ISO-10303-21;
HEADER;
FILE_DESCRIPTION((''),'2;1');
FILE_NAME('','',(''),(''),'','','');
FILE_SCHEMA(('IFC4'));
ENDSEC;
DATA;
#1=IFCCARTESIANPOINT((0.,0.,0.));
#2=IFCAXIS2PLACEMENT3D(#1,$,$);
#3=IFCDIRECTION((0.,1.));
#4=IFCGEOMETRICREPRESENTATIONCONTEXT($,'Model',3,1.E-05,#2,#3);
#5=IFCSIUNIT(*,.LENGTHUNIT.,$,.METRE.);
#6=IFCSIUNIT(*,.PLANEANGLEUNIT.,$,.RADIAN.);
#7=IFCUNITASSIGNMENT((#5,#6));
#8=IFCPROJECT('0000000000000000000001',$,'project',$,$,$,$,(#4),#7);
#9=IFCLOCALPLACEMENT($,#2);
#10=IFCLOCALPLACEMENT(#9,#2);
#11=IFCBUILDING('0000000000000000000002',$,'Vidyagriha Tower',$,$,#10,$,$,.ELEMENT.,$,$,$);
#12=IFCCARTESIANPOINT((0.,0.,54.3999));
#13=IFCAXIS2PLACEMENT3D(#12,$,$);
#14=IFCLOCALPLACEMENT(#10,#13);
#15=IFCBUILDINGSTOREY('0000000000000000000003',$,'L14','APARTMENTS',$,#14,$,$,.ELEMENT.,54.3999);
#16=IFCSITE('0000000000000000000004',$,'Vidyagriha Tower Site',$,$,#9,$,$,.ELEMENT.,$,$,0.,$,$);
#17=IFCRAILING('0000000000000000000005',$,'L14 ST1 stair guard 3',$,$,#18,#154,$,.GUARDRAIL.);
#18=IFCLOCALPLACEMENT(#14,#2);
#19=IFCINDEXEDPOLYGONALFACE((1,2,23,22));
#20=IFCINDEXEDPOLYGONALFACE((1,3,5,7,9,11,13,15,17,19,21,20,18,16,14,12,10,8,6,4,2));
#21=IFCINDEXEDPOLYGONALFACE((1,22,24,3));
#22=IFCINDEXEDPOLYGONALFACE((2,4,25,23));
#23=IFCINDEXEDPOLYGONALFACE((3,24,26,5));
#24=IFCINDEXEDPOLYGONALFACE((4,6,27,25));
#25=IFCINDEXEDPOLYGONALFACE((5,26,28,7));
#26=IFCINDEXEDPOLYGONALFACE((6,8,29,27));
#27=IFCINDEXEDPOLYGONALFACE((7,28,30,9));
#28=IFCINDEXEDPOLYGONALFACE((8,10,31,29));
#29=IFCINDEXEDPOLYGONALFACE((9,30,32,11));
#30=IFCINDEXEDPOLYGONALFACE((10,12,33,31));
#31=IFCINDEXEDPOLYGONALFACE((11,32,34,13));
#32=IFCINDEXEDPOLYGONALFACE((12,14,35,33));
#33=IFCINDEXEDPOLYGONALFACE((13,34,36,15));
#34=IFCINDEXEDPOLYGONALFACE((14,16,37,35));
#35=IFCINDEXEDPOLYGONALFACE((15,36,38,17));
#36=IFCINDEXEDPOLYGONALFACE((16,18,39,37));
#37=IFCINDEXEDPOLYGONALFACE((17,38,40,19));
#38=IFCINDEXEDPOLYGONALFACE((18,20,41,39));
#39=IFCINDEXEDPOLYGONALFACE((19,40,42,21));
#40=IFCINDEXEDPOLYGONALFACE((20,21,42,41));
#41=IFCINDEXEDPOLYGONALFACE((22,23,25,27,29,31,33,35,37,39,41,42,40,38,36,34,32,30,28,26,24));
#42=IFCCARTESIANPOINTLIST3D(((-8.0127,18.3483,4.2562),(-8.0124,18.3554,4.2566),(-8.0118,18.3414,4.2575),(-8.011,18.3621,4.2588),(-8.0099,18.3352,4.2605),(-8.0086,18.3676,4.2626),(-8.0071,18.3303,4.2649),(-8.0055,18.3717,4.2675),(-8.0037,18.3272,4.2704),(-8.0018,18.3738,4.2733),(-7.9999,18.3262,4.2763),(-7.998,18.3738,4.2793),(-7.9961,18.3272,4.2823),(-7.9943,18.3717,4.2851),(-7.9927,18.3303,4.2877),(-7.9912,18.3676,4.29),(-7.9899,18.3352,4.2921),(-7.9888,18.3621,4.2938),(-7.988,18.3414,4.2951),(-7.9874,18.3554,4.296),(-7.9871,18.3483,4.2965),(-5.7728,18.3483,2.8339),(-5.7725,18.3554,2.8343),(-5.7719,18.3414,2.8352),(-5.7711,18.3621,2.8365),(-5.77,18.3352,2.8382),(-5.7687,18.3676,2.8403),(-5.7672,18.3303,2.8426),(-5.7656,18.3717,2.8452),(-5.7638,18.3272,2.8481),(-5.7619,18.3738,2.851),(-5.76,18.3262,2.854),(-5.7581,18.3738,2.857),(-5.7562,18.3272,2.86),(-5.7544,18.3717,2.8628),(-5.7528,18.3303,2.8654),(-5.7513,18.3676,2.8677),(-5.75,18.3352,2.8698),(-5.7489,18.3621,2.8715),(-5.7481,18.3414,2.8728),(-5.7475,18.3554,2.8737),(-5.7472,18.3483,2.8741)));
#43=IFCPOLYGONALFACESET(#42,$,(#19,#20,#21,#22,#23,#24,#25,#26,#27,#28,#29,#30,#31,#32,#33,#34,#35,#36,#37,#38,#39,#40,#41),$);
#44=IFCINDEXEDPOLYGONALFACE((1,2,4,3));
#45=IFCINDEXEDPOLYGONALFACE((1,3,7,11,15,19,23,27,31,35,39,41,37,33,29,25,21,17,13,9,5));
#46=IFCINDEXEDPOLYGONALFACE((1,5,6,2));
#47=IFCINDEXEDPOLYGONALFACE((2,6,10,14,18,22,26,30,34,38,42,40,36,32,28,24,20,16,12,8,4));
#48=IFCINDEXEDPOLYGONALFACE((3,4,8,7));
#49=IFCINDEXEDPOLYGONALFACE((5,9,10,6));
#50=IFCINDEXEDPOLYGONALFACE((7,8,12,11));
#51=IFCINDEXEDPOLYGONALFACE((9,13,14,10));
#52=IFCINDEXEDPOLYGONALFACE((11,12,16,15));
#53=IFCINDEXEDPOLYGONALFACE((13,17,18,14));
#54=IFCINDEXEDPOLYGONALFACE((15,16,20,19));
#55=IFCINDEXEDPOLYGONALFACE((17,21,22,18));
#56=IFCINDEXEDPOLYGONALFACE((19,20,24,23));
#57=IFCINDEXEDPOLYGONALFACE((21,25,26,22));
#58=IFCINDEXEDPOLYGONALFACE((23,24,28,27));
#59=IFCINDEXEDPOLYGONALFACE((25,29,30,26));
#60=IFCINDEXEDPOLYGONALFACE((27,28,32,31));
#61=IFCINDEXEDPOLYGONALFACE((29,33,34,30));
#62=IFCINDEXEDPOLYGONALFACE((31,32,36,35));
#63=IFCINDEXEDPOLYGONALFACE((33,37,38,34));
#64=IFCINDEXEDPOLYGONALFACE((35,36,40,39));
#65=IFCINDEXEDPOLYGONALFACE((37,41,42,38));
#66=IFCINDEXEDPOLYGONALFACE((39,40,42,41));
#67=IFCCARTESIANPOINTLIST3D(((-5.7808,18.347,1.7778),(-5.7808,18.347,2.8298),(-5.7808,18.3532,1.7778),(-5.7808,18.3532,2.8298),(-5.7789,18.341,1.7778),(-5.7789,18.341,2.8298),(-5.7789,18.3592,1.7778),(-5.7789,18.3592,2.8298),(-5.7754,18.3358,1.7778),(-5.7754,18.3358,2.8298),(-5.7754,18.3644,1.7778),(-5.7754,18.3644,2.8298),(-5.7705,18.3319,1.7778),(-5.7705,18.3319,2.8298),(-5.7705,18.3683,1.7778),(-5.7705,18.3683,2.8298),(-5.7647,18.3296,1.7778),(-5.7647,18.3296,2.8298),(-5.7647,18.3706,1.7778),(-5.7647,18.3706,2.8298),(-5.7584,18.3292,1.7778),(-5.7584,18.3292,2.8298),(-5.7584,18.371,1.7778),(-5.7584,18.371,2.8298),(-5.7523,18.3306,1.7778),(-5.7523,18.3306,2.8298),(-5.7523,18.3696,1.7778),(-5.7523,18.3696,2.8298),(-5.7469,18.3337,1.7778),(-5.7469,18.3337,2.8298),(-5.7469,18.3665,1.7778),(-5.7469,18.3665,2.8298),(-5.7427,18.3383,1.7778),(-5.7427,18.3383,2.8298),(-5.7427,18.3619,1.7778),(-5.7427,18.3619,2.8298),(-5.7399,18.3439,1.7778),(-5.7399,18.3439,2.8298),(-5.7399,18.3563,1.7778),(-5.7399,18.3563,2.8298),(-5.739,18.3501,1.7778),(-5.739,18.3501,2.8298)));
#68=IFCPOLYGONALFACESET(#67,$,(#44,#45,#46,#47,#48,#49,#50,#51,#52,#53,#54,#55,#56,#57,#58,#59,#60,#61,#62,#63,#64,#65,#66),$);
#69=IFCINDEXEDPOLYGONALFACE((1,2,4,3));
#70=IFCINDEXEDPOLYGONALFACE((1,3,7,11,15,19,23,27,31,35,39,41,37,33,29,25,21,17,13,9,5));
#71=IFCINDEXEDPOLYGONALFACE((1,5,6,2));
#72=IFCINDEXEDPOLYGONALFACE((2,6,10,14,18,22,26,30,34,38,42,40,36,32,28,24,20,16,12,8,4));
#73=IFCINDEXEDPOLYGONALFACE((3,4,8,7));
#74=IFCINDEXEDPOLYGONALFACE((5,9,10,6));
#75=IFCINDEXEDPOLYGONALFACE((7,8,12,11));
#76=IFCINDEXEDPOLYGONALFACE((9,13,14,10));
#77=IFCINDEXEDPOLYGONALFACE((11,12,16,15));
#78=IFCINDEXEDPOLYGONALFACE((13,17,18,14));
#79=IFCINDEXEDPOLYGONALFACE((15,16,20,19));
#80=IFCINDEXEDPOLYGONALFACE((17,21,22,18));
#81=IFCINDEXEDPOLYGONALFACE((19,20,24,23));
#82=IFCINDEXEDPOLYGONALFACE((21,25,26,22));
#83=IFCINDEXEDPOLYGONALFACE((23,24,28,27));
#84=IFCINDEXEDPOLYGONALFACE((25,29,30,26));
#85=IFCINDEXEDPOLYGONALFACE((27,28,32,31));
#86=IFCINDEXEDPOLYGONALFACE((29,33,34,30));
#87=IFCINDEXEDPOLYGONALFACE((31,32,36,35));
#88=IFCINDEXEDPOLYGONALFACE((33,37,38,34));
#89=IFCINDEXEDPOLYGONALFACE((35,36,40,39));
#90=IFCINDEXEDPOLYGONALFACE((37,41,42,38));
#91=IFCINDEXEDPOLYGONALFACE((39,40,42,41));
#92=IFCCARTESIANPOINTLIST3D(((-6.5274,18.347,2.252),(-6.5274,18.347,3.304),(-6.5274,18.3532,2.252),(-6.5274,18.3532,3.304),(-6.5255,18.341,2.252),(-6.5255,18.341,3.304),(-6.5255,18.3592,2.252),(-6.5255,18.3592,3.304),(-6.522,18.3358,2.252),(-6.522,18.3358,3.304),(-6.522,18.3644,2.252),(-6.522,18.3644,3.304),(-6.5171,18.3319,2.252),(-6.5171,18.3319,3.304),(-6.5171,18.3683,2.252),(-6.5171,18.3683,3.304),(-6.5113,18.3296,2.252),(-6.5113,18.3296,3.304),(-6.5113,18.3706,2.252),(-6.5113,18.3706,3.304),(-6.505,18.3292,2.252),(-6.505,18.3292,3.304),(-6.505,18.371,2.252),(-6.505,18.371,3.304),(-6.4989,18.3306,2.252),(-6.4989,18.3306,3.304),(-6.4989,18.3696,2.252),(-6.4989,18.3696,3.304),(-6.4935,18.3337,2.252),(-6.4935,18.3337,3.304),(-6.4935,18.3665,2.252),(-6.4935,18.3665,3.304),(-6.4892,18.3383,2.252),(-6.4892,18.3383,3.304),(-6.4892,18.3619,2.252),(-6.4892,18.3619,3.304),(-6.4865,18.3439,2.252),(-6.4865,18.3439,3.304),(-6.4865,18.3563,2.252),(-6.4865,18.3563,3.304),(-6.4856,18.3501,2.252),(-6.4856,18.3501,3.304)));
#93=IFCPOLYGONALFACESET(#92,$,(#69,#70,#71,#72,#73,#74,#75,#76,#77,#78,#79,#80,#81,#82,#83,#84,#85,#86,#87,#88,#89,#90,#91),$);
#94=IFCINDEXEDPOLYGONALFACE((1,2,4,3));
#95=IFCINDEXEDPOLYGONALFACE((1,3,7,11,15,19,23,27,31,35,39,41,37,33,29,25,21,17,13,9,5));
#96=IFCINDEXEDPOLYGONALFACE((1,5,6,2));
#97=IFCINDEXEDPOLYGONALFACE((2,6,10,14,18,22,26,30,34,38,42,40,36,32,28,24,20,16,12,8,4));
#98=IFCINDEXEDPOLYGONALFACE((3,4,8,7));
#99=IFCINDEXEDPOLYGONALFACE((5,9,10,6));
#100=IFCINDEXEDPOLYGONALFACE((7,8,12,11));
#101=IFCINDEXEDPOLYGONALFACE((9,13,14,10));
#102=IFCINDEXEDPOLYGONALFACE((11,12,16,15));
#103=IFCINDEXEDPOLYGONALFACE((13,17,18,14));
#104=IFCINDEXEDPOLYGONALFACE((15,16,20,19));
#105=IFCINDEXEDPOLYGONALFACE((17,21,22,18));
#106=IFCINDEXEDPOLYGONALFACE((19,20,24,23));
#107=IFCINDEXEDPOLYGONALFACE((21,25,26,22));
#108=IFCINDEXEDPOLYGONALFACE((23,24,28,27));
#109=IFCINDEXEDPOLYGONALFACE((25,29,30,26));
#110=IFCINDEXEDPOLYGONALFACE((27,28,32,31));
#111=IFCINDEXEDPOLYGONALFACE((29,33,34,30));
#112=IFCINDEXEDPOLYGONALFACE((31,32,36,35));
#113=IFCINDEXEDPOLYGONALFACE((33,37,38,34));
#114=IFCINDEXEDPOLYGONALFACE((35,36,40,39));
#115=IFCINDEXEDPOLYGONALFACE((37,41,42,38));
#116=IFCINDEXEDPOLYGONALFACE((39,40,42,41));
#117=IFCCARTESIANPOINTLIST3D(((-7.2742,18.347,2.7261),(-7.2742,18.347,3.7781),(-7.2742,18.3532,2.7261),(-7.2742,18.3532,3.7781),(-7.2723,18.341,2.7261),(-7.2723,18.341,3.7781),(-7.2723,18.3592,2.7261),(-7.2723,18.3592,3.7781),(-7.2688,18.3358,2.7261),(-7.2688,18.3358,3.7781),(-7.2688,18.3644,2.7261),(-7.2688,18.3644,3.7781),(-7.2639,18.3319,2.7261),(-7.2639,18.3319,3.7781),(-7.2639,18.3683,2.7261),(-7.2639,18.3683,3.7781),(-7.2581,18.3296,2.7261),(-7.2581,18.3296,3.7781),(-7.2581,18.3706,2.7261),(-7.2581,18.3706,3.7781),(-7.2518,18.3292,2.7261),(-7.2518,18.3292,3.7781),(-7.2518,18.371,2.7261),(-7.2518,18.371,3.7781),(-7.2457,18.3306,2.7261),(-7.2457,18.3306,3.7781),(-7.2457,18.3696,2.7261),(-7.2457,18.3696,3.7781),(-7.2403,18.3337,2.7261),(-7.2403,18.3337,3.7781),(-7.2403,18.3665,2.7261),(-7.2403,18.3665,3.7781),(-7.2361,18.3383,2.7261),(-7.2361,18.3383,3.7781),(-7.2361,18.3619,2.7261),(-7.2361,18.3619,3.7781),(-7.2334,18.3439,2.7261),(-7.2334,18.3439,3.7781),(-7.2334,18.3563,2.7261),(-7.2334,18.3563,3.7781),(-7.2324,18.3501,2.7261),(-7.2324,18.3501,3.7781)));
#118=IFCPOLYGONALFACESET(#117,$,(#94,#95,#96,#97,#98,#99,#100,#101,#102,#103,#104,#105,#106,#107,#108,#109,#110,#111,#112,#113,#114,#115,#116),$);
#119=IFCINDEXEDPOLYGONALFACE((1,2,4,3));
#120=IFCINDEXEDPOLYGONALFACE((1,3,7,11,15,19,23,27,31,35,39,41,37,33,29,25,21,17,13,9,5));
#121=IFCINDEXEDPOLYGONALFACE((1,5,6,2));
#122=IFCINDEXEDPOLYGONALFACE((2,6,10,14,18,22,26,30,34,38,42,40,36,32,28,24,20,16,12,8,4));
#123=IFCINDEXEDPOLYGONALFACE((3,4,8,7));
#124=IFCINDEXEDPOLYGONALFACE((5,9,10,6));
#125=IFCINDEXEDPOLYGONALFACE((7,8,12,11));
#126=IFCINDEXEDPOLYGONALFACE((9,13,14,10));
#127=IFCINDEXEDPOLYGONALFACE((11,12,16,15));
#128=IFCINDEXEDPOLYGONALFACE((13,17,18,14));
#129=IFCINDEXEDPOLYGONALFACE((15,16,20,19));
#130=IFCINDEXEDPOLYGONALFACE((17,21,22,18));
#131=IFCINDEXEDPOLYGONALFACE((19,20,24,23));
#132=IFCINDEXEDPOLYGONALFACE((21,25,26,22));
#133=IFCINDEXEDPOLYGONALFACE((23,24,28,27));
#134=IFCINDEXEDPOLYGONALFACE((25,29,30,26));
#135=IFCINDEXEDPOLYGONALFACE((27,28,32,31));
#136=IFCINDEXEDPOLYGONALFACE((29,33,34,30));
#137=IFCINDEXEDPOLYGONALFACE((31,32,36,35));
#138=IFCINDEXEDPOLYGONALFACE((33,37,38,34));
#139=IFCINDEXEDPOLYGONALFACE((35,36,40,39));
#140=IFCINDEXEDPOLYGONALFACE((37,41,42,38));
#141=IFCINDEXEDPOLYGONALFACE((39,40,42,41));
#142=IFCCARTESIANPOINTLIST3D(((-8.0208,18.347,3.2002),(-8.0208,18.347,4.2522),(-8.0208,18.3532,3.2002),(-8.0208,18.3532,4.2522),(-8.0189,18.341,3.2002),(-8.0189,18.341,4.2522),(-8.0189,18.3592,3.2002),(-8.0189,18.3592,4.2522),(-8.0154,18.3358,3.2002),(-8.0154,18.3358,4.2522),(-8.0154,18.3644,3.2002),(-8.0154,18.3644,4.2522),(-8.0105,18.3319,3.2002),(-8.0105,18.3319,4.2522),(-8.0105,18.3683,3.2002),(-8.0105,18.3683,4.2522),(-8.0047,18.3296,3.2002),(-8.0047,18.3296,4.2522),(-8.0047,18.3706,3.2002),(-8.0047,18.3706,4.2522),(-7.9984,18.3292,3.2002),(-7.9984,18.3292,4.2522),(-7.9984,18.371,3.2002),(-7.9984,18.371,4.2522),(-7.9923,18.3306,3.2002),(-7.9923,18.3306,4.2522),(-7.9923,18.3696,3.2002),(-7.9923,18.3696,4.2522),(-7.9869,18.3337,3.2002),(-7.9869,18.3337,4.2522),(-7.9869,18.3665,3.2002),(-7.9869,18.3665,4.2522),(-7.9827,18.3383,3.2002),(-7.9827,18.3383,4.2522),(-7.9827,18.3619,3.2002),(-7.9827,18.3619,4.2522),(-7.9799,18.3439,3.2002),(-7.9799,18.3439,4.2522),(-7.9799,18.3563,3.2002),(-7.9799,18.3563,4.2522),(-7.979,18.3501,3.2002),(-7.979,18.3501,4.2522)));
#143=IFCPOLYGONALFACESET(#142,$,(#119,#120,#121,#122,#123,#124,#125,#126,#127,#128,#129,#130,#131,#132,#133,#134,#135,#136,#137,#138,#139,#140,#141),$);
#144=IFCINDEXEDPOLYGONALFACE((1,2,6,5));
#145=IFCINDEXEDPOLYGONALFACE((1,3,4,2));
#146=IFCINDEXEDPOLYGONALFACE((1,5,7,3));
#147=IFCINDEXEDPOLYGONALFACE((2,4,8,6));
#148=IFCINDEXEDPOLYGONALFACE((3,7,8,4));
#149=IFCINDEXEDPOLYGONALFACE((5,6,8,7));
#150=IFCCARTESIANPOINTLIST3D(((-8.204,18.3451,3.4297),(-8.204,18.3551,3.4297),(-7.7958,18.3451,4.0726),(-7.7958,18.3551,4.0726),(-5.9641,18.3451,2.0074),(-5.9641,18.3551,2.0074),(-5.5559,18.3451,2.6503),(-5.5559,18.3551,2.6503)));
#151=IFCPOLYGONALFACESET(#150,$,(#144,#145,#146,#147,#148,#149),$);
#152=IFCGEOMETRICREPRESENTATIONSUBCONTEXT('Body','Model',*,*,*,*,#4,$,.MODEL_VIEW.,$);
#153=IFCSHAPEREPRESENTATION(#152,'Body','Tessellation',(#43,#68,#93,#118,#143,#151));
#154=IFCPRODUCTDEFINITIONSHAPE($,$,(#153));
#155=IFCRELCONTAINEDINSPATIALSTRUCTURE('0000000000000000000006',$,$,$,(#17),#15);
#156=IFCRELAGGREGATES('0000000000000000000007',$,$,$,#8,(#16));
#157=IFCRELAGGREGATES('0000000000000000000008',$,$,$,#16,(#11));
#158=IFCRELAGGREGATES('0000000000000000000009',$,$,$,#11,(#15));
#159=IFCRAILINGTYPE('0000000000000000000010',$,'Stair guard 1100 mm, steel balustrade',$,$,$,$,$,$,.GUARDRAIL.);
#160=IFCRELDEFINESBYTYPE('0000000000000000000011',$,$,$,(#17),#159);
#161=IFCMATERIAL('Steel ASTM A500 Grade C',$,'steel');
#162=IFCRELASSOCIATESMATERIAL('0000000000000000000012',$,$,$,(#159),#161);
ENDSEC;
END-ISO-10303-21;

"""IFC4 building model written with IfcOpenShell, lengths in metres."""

from ifc_helpers import new_model, si_unit, direction, frame, origin, origin_2d, place, context, subcontext, project, spatial, rectangle, circle, extrude, material, type_object, element, save


model = new_model("IFC4")

# Units and contexts
model_context = context("Model", 3, precision=1e-05, world=origin(), true_north=direction((0.0, 1.0)))
body_context = subcontext(model_context, "Body", "Model", "MODEL_VIEW")
ifc_project = project(units=[si_unit("LENGTHUNIT", "METRE"), si_unit("PLANEANGLEUNIT", "RADIAN")], contexts=[model_context])

# Site, building, storey
site_placement = place(None, origin())
site = spatial("IfcSite", under=ifc_project, at=site_placement, Name="Vidyagriha Tower Site", CompositionType="ELEMENT", RefElevation=0.0)
building_placement = place(site_placement, origin())
building = spatial("IfcBuilding", under=site, at=building_placement, Name="Vidyagriha Tower", CompositionType="ELEMENT")
storey_placement = place(building_placement, frame((0.0, 0.0, 54.3999)))
storey = spatial("IfcBuildingStorey", under=building, at=storey_placement, Name="L14", Description="APARTMENTS", CompositionType="ELEMENT", Elevation=54.3999)

# Railing
ifc_material_1 = material(Name="Steel ASTM A500 Grade C", Category="steel")
railing_type_1 = type_object("IfcRailingType", Name="Stair guard 1100 mm, steel balustrade", PredefinedType="GUARDRAIL", material=ifc_material_1)
railing_1_placement = place(storey_placement, frame((-5.76, 18.3501, 1.7778)))
element("IfcRailing", 1, at=railing_1_placement, inside=storey, type_object=railing_type_1, Name="L14 ST1 stair guard 3", PredefinedType="GUARDRAIL", context=body_context, shape_type="SweptSolid", body=[
    extrude(circle(Radius=0.0239, at=origin_2d()), frame((0.0, 0.0, 1.0762), z_axis=(-0.844188, 0.0, 0.536048), x_axis=(0.0, -1.0, 0.0)), (0.0, 0.0, 1.0), 2.6533),
    extrude(circle(Radius=0.021, at=origin_2d()), origin(), (0.0, 0.0, 1.0), 1.052),
    extrude(circle(Radius=0.021, at=origin_2d()), frame((-0.7466, 0.0, 0.4741)), (0.0, 0.0, 1.0), 1.052),
    extrude(circle(Radius=0.021, at=origin_2d()), frame((-1.4934, 0.0, 0.9482)), (0.0, 0.0, 1.0), 1.052),
    extrude(circle(Radius=0.021, at=origin_2d()), frame((-2.24, 0.0, 1.4224)), (0.0, 0.0, 1.0), 1.052),
    extrude(rectangle(XDim=0.01, YDim=0.7615, at=origin_2d()), frame((0.0, 0.0, 0.551), z_axis=(-0.844188, 0.0, 0.536048), x_axis=(0.0, -1.0, 0.0)), (0.0, 0.0, 1.0), 2.6533),
])

save(model, "model.ifc")
